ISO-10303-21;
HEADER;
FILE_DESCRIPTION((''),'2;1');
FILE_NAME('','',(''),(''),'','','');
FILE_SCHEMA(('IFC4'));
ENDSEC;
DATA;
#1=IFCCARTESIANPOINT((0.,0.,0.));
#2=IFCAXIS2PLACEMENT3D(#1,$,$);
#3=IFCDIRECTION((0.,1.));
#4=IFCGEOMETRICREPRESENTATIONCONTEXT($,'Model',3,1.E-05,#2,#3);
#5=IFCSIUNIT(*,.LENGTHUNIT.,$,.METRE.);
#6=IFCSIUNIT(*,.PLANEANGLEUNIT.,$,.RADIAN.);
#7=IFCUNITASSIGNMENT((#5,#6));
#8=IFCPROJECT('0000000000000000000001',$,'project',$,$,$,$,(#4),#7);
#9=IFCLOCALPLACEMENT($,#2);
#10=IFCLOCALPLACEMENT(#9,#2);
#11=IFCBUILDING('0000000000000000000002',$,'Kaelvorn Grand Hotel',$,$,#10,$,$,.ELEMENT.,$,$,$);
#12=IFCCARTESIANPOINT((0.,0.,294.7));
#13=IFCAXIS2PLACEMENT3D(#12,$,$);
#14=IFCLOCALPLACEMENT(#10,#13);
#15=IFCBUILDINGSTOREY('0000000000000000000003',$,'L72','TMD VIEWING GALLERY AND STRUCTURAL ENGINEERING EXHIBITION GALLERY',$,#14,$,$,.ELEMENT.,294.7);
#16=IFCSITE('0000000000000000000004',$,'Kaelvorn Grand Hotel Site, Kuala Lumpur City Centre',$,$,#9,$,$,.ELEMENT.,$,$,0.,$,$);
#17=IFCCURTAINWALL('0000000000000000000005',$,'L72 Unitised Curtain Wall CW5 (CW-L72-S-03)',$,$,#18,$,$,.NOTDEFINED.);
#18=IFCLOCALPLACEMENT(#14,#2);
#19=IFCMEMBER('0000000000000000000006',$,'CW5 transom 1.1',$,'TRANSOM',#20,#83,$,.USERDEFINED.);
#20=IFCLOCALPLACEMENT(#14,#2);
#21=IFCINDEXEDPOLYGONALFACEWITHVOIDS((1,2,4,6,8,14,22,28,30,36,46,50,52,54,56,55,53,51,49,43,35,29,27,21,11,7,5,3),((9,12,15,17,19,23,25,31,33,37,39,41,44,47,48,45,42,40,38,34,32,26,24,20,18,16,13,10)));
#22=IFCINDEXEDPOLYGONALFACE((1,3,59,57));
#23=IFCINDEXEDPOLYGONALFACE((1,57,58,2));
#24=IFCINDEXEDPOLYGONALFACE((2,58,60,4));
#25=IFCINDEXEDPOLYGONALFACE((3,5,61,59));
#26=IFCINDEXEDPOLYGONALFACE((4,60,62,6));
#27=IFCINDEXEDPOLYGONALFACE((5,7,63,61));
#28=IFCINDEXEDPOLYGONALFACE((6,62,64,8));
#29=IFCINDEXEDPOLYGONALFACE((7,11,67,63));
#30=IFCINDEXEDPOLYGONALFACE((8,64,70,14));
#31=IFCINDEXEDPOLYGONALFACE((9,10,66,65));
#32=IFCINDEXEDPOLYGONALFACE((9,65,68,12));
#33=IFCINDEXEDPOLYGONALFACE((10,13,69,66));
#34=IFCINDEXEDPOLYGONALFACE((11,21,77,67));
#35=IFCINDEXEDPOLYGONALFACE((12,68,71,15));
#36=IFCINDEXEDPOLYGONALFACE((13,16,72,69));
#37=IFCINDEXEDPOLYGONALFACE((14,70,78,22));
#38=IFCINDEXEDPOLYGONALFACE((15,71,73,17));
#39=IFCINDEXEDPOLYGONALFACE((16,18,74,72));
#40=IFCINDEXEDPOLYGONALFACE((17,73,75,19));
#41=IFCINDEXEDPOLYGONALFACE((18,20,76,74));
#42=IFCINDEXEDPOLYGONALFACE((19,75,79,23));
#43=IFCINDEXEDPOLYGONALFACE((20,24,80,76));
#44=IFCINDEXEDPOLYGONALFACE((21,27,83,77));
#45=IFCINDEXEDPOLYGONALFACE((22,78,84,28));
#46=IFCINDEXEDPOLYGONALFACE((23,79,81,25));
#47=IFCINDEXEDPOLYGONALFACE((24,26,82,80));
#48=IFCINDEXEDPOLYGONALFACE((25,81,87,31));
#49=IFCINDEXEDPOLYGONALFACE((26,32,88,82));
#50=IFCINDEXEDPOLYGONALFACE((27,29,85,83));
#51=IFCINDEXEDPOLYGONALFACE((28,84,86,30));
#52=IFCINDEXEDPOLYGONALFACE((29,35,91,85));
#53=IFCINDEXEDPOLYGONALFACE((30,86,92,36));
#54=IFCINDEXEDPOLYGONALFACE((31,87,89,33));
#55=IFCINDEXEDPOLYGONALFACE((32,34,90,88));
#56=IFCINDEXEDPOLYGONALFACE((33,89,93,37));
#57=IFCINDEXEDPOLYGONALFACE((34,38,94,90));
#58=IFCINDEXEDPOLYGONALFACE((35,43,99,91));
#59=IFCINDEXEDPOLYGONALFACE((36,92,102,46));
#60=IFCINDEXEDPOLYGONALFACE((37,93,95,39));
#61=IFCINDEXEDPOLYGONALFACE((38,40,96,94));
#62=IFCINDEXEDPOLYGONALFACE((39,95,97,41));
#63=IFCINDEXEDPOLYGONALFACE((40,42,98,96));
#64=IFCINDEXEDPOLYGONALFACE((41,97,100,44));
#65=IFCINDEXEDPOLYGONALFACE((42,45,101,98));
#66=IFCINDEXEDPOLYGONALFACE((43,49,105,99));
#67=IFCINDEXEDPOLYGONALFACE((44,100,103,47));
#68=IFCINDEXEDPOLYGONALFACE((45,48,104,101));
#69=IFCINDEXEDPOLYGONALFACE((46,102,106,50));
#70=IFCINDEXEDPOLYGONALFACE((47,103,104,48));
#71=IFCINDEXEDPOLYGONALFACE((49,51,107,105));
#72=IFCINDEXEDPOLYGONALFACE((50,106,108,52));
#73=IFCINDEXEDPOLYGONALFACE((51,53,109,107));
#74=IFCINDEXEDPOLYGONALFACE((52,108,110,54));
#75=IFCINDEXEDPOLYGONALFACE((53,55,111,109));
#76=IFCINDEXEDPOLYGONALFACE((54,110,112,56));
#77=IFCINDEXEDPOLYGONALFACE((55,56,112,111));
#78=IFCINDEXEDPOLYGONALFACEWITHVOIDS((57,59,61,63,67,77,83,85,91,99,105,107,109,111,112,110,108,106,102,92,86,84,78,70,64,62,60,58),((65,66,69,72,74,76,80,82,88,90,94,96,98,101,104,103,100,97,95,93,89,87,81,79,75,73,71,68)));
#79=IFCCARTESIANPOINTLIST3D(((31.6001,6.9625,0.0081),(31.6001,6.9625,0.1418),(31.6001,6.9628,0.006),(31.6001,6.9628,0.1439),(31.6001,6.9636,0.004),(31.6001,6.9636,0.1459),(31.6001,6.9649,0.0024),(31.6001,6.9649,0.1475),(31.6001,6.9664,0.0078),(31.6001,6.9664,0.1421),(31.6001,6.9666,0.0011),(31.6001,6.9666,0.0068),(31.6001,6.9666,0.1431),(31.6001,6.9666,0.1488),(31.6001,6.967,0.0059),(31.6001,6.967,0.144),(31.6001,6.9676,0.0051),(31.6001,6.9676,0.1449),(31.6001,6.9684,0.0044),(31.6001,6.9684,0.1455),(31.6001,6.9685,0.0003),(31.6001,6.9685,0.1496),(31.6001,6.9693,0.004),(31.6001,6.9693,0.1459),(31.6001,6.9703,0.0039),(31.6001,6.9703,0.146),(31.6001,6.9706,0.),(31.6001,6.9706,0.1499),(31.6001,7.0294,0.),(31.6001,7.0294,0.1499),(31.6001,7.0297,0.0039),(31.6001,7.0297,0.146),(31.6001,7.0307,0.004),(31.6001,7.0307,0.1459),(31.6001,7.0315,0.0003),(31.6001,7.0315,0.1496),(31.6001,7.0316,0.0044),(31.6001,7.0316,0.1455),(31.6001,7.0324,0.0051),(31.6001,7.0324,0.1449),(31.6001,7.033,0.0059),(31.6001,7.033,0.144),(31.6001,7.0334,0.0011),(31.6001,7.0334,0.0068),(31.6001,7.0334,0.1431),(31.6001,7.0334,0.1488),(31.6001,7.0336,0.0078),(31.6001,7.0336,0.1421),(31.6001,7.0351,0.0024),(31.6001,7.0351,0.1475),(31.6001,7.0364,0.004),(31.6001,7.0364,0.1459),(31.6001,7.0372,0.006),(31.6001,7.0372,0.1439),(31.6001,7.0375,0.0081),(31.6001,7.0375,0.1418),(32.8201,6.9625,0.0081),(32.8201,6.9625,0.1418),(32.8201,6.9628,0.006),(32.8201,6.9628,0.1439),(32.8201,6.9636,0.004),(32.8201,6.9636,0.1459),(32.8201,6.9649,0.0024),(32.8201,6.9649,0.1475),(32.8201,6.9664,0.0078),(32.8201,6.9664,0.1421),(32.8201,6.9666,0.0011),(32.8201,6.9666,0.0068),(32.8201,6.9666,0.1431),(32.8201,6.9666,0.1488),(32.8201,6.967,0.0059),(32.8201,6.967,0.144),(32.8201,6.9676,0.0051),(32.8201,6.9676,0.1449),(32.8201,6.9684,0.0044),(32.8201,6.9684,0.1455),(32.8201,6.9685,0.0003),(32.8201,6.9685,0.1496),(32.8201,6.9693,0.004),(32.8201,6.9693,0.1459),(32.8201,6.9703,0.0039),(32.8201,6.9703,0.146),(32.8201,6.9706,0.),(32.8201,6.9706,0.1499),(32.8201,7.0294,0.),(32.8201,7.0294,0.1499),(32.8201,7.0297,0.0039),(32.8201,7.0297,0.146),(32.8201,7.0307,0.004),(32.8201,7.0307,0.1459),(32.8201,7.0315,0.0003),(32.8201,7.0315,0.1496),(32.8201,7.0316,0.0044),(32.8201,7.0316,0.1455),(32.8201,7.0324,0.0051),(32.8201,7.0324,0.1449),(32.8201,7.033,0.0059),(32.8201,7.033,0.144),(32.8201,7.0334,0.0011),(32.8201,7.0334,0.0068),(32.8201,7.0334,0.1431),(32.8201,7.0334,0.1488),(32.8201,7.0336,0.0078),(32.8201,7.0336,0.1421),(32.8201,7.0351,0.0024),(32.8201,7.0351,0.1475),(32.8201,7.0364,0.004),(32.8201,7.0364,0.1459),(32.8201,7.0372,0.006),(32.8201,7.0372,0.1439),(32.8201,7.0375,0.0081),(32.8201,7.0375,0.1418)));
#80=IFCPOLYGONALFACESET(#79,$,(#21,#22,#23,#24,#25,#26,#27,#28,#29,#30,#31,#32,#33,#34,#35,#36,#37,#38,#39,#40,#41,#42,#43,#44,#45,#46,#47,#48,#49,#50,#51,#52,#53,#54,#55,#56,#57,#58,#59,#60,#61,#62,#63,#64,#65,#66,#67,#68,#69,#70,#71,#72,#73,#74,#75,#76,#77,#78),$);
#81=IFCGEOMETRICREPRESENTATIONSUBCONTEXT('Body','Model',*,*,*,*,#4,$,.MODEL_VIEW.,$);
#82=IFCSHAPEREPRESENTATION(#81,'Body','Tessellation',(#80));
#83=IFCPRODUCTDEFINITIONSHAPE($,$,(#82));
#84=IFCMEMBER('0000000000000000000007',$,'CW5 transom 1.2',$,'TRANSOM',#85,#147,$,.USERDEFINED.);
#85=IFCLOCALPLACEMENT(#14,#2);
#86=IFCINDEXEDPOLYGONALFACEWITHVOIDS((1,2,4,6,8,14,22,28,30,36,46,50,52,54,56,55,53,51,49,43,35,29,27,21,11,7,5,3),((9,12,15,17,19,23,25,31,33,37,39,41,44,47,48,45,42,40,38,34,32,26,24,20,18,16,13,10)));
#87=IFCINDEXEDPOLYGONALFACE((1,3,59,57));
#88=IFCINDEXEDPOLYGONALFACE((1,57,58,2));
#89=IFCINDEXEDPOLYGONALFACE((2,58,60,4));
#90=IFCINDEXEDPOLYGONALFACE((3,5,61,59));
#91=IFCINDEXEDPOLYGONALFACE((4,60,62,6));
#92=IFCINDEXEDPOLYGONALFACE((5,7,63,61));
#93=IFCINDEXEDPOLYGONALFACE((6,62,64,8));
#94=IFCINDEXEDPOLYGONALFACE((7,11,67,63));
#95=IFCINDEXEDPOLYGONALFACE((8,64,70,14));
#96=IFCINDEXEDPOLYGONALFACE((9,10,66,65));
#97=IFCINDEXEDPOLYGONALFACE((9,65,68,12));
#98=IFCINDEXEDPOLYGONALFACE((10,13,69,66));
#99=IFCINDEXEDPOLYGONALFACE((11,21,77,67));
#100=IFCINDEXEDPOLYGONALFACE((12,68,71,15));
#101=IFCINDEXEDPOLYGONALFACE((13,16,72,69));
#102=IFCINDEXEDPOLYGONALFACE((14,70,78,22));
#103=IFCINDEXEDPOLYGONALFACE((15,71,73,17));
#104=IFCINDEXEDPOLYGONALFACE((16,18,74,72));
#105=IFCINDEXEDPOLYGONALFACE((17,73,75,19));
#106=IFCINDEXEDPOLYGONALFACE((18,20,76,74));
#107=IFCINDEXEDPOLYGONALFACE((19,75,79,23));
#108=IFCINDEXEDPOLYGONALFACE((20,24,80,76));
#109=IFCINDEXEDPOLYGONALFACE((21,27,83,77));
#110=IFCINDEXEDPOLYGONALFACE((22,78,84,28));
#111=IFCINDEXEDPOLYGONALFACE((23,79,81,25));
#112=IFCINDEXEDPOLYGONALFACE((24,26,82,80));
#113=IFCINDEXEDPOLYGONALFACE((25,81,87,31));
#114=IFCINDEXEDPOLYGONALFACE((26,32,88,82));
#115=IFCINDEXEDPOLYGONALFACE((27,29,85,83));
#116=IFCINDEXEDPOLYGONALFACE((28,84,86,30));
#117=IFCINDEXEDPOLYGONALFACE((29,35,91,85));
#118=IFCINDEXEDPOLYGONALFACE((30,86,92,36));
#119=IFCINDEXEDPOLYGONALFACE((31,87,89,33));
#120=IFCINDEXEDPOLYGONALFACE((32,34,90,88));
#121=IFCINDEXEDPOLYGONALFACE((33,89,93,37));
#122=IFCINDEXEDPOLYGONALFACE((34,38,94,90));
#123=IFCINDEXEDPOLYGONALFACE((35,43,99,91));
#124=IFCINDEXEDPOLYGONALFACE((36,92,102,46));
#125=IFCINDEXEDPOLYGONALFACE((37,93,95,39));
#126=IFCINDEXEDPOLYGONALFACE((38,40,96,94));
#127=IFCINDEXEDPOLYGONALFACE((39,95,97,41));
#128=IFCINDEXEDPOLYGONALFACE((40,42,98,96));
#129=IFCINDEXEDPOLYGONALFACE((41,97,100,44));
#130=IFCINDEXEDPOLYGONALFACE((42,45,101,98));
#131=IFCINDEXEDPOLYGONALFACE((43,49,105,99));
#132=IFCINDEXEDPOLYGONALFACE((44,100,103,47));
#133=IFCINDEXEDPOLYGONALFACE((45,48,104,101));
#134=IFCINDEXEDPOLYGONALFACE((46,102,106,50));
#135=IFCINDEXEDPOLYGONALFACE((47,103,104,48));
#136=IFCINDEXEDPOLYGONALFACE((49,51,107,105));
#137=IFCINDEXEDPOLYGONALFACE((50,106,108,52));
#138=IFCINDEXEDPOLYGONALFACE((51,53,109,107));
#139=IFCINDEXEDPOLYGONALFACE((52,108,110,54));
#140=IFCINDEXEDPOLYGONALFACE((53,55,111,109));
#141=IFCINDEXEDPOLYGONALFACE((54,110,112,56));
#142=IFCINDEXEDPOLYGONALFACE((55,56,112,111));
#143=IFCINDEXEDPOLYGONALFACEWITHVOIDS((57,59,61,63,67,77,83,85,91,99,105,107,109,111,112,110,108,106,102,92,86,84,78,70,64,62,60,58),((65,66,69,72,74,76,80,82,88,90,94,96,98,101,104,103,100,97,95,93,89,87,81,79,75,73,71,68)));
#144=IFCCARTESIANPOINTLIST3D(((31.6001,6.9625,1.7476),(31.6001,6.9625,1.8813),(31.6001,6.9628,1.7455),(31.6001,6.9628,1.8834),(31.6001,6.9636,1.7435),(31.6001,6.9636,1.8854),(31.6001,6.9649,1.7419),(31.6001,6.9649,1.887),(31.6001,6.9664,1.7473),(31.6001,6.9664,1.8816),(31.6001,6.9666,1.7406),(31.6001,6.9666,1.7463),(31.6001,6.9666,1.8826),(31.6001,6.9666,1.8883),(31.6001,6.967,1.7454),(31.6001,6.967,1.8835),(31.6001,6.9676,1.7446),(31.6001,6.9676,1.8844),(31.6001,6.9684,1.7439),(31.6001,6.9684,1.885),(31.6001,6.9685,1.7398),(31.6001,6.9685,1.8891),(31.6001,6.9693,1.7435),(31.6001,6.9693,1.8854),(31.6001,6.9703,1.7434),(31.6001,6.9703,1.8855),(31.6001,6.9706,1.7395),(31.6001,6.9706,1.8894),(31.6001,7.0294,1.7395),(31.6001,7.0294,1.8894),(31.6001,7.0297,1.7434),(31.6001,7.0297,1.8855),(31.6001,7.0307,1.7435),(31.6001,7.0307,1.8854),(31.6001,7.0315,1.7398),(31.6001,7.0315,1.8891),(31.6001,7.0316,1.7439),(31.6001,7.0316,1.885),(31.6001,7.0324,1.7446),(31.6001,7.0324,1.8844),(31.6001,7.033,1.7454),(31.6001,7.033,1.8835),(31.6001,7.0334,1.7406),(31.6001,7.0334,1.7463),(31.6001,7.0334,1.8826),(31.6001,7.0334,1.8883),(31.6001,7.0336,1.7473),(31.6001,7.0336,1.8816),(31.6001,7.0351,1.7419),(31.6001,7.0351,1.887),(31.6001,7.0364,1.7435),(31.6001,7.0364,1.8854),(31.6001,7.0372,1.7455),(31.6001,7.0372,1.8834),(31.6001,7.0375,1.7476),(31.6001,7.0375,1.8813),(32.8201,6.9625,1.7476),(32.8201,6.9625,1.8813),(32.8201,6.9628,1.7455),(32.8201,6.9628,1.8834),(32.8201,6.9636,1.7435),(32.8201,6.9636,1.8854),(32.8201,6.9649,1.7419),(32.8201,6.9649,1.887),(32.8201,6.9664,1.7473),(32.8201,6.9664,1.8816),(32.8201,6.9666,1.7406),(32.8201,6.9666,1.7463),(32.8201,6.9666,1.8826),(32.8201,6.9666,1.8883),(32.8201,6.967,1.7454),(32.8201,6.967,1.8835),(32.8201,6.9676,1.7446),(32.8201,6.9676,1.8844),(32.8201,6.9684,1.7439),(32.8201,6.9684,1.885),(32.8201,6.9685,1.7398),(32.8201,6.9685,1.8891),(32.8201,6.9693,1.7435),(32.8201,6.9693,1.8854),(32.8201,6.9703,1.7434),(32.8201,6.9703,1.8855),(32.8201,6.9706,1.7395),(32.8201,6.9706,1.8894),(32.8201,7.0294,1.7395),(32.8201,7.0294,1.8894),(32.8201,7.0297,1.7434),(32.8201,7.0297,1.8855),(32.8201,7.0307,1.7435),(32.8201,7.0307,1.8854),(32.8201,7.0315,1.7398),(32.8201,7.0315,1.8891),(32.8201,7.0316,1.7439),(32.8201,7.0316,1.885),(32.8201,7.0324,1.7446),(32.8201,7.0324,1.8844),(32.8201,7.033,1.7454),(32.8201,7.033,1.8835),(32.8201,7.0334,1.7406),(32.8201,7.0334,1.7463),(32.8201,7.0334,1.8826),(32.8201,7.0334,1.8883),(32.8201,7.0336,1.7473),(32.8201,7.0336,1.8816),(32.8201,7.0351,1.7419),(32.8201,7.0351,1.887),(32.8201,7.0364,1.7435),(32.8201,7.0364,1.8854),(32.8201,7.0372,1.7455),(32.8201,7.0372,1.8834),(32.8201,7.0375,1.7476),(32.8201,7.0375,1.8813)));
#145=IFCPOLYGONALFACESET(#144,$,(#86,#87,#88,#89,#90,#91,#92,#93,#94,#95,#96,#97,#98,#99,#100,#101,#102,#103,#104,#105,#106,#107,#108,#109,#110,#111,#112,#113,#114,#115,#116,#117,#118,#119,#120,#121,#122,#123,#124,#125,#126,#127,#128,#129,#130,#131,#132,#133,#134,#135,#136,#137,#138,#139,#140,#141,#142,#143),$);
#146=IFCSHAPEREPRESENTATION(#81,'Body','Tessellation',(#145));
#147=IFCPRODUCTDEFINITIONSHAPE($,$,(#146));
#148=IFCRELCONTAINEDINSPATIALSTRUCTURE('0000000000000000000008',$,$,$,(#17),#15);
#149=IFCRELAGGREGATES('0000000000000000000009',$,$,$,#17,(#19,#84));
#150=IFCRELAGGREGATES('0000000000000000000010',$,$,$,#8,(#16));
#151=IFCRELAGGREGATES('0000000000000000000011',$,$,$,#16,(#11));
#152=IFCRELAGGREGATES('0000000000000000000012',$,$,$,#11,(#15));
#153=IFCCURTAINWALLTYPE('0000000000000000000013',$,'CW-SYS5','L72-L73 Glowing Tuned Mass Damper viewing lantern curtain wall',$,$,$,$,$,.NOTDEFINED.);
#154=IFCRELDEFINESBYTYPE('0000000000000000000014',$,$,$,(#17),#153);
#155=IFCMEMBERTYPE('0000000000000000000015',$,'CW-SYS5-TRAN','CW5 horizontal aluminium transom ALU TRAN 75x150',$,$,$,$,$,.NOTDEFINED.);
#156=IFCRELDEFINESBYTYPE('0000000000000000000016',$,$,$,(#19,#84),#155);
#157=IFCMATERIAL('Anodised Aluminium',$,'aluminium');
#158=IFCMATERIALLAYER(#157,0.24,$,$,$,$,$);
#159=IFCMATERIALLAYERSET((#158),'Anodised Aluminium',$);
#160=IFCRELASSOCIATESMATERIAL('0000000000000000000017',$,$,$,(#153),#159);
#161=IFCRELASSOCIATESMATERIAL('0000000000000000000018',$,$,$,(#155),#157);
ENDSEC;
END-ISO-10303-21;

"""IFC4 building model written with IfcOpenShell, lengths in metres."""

from ifc_helpers import new_model, si_unit, direction, frame, origin, origin_2d, place, context, subcontext, project, spatial, hollow_rectangle, extrude, material, layer, layer_set, material_profile, profile_set, type_object, element, aggregate, save


model = new_model("IFC4")

# Units and contexts
model_context = context("Model", 3, precision=1e-05, world=origin(), true_north=direction((0.0, 1.0)))
body_context = subcontext(model_context, "Body", "Model", "MODEL_VIEW")
ifc_project = project(units=[si_unit("LENGTHUNIT", "METRE"), si_unit("PLANEANGLEUNIT", "RADIAN")], contexts=[model_context])

# Site, building, storey
site_placement = place(None, origin())
site = spatial("IfcSite", under=ifc_project, at=site_placement, Name="Kaelvorn Grand Hotel Site, Kuala Lumpur City Centre", CompositionType="ELEMENT", RefElevation=0.0)
building_placement = place(site_placement, origin())
building = spatial("IfcBuilding", under=site, at=building_placement, Name="Kaelvorn Grand Hotel", CompositionType="ELEMENT")
storey_placement = place(building_placement, frame((0.0, 0.0, 294.7)))
storey = spatial("IfcBuildingStorey", under=building, at=storey_placement, Name="L72", Description="TMD VIEWING GALLERY AND STRUCTURAL ENGINEERING EXHIBITION GALLERY", CompositionType="ELEMENT", Elevation=294.7)

# Shared definitions
ifc_material_1 = material(Name="Anodised Aluminium", Category="aluminium")
ifc_layer_1 = layer(ifc_material_1, 0.24)
ifc_layer_set_1 = layer_set([ifc_layer_1], Name="Anodised Aluminium")
curtain_wall_type = type_object("IfcCurtainWallType", Name="CW-SYS5", Description="L72-L73 Glowing Tuned Mass Damper viewing lantern curtain wall", PredefinedType="NOTDEFINED", material=ifc_layer_set_1)

# Curtain wall
curtain_wall_1_placement = place(storey_placement, origin())
curtain_wall_1 = element("IfcCurtainWall", 1, at=curtain_wall_1_placement, inside=storey, type_object=curtain_wall_type, Name="L72 Unitised Curtain Wall CW5 (CW-L72-S-03)", PredefinedType="NOTDEFINED")

# Members
ifc_material_profile_1 = material_profile(ifc_material_1, hollow_rectangle(XDim=0.075, YDim=0.1499, WallThickness=0.0039, InnerFilletRadius=0.0039, OuterFilletRadius=0.0081, at=origin_2d()), Name="ALU TRAN 75x150")
ifc_profile_set_1 = profile_set([ifc_material_profile_1], Name="Anodised Aluminium")
member_type_1 = type_object("IfcMemberType", Name="CW-SYS5-TRAN", Description="CW5 horizontal aluminium transom ALU TRAN 75x150", PredefinedType="NOTDEFINED", material=ifc_profile_set_1)
member_1_placement = place(storey_placement, frame((31.6001, 7.0, 0.075), z_axis=(1.0, 0.0, 0.0), x_axis=(0.0, 1.0, 0.0)))
member_1 = element("IfcMember", 2, at=member_1_placement, type_object=member_type_1, Name="CW5 transom 1.1", ObjectType="TRANSOM", PredefinedType="USERDEFINED", context=body_context, shape_type="SweptSolid", body=[
    extrude(hollow_rectangle(XDim=0.075, YDim=0.1499, WallThickness=0.0039, InnerFilletRadius=0.0039, OuterFilletRadius=0.0081, at=origin_2d()), origin(), (0.0, 0.0, 1.0), 1.22),
])
member_2_placement = place(storey_placement, frame((31.6001, 7.0, 1.8145), z_axis=(1.0, 0.0, 0.0), x_axis=(0.0, 1.0, 0.0)))
member_2 = element("IfcMember", 3, at=member_2_placement, type_object=member_type_1, Name="CW5 transom 1.2", ObjectType="TRANSOM", PredefinedType="USERDEFINED", context=body_context, shape_type="SweptSolid", body=[
    extrude(hollow_rectangle(XDim=0.075, YDim=0.1499, WallThickness=0.0039, InnerFilletRadius=0.0039, OuterFilletRadius=0.0081, at=origin_2d()), origin(), (0.0, 0.0, 1.0), 1.22),
])

aggregate(curtain_wall_1, [member_1, member_2])

save(model, "model.ifc")
